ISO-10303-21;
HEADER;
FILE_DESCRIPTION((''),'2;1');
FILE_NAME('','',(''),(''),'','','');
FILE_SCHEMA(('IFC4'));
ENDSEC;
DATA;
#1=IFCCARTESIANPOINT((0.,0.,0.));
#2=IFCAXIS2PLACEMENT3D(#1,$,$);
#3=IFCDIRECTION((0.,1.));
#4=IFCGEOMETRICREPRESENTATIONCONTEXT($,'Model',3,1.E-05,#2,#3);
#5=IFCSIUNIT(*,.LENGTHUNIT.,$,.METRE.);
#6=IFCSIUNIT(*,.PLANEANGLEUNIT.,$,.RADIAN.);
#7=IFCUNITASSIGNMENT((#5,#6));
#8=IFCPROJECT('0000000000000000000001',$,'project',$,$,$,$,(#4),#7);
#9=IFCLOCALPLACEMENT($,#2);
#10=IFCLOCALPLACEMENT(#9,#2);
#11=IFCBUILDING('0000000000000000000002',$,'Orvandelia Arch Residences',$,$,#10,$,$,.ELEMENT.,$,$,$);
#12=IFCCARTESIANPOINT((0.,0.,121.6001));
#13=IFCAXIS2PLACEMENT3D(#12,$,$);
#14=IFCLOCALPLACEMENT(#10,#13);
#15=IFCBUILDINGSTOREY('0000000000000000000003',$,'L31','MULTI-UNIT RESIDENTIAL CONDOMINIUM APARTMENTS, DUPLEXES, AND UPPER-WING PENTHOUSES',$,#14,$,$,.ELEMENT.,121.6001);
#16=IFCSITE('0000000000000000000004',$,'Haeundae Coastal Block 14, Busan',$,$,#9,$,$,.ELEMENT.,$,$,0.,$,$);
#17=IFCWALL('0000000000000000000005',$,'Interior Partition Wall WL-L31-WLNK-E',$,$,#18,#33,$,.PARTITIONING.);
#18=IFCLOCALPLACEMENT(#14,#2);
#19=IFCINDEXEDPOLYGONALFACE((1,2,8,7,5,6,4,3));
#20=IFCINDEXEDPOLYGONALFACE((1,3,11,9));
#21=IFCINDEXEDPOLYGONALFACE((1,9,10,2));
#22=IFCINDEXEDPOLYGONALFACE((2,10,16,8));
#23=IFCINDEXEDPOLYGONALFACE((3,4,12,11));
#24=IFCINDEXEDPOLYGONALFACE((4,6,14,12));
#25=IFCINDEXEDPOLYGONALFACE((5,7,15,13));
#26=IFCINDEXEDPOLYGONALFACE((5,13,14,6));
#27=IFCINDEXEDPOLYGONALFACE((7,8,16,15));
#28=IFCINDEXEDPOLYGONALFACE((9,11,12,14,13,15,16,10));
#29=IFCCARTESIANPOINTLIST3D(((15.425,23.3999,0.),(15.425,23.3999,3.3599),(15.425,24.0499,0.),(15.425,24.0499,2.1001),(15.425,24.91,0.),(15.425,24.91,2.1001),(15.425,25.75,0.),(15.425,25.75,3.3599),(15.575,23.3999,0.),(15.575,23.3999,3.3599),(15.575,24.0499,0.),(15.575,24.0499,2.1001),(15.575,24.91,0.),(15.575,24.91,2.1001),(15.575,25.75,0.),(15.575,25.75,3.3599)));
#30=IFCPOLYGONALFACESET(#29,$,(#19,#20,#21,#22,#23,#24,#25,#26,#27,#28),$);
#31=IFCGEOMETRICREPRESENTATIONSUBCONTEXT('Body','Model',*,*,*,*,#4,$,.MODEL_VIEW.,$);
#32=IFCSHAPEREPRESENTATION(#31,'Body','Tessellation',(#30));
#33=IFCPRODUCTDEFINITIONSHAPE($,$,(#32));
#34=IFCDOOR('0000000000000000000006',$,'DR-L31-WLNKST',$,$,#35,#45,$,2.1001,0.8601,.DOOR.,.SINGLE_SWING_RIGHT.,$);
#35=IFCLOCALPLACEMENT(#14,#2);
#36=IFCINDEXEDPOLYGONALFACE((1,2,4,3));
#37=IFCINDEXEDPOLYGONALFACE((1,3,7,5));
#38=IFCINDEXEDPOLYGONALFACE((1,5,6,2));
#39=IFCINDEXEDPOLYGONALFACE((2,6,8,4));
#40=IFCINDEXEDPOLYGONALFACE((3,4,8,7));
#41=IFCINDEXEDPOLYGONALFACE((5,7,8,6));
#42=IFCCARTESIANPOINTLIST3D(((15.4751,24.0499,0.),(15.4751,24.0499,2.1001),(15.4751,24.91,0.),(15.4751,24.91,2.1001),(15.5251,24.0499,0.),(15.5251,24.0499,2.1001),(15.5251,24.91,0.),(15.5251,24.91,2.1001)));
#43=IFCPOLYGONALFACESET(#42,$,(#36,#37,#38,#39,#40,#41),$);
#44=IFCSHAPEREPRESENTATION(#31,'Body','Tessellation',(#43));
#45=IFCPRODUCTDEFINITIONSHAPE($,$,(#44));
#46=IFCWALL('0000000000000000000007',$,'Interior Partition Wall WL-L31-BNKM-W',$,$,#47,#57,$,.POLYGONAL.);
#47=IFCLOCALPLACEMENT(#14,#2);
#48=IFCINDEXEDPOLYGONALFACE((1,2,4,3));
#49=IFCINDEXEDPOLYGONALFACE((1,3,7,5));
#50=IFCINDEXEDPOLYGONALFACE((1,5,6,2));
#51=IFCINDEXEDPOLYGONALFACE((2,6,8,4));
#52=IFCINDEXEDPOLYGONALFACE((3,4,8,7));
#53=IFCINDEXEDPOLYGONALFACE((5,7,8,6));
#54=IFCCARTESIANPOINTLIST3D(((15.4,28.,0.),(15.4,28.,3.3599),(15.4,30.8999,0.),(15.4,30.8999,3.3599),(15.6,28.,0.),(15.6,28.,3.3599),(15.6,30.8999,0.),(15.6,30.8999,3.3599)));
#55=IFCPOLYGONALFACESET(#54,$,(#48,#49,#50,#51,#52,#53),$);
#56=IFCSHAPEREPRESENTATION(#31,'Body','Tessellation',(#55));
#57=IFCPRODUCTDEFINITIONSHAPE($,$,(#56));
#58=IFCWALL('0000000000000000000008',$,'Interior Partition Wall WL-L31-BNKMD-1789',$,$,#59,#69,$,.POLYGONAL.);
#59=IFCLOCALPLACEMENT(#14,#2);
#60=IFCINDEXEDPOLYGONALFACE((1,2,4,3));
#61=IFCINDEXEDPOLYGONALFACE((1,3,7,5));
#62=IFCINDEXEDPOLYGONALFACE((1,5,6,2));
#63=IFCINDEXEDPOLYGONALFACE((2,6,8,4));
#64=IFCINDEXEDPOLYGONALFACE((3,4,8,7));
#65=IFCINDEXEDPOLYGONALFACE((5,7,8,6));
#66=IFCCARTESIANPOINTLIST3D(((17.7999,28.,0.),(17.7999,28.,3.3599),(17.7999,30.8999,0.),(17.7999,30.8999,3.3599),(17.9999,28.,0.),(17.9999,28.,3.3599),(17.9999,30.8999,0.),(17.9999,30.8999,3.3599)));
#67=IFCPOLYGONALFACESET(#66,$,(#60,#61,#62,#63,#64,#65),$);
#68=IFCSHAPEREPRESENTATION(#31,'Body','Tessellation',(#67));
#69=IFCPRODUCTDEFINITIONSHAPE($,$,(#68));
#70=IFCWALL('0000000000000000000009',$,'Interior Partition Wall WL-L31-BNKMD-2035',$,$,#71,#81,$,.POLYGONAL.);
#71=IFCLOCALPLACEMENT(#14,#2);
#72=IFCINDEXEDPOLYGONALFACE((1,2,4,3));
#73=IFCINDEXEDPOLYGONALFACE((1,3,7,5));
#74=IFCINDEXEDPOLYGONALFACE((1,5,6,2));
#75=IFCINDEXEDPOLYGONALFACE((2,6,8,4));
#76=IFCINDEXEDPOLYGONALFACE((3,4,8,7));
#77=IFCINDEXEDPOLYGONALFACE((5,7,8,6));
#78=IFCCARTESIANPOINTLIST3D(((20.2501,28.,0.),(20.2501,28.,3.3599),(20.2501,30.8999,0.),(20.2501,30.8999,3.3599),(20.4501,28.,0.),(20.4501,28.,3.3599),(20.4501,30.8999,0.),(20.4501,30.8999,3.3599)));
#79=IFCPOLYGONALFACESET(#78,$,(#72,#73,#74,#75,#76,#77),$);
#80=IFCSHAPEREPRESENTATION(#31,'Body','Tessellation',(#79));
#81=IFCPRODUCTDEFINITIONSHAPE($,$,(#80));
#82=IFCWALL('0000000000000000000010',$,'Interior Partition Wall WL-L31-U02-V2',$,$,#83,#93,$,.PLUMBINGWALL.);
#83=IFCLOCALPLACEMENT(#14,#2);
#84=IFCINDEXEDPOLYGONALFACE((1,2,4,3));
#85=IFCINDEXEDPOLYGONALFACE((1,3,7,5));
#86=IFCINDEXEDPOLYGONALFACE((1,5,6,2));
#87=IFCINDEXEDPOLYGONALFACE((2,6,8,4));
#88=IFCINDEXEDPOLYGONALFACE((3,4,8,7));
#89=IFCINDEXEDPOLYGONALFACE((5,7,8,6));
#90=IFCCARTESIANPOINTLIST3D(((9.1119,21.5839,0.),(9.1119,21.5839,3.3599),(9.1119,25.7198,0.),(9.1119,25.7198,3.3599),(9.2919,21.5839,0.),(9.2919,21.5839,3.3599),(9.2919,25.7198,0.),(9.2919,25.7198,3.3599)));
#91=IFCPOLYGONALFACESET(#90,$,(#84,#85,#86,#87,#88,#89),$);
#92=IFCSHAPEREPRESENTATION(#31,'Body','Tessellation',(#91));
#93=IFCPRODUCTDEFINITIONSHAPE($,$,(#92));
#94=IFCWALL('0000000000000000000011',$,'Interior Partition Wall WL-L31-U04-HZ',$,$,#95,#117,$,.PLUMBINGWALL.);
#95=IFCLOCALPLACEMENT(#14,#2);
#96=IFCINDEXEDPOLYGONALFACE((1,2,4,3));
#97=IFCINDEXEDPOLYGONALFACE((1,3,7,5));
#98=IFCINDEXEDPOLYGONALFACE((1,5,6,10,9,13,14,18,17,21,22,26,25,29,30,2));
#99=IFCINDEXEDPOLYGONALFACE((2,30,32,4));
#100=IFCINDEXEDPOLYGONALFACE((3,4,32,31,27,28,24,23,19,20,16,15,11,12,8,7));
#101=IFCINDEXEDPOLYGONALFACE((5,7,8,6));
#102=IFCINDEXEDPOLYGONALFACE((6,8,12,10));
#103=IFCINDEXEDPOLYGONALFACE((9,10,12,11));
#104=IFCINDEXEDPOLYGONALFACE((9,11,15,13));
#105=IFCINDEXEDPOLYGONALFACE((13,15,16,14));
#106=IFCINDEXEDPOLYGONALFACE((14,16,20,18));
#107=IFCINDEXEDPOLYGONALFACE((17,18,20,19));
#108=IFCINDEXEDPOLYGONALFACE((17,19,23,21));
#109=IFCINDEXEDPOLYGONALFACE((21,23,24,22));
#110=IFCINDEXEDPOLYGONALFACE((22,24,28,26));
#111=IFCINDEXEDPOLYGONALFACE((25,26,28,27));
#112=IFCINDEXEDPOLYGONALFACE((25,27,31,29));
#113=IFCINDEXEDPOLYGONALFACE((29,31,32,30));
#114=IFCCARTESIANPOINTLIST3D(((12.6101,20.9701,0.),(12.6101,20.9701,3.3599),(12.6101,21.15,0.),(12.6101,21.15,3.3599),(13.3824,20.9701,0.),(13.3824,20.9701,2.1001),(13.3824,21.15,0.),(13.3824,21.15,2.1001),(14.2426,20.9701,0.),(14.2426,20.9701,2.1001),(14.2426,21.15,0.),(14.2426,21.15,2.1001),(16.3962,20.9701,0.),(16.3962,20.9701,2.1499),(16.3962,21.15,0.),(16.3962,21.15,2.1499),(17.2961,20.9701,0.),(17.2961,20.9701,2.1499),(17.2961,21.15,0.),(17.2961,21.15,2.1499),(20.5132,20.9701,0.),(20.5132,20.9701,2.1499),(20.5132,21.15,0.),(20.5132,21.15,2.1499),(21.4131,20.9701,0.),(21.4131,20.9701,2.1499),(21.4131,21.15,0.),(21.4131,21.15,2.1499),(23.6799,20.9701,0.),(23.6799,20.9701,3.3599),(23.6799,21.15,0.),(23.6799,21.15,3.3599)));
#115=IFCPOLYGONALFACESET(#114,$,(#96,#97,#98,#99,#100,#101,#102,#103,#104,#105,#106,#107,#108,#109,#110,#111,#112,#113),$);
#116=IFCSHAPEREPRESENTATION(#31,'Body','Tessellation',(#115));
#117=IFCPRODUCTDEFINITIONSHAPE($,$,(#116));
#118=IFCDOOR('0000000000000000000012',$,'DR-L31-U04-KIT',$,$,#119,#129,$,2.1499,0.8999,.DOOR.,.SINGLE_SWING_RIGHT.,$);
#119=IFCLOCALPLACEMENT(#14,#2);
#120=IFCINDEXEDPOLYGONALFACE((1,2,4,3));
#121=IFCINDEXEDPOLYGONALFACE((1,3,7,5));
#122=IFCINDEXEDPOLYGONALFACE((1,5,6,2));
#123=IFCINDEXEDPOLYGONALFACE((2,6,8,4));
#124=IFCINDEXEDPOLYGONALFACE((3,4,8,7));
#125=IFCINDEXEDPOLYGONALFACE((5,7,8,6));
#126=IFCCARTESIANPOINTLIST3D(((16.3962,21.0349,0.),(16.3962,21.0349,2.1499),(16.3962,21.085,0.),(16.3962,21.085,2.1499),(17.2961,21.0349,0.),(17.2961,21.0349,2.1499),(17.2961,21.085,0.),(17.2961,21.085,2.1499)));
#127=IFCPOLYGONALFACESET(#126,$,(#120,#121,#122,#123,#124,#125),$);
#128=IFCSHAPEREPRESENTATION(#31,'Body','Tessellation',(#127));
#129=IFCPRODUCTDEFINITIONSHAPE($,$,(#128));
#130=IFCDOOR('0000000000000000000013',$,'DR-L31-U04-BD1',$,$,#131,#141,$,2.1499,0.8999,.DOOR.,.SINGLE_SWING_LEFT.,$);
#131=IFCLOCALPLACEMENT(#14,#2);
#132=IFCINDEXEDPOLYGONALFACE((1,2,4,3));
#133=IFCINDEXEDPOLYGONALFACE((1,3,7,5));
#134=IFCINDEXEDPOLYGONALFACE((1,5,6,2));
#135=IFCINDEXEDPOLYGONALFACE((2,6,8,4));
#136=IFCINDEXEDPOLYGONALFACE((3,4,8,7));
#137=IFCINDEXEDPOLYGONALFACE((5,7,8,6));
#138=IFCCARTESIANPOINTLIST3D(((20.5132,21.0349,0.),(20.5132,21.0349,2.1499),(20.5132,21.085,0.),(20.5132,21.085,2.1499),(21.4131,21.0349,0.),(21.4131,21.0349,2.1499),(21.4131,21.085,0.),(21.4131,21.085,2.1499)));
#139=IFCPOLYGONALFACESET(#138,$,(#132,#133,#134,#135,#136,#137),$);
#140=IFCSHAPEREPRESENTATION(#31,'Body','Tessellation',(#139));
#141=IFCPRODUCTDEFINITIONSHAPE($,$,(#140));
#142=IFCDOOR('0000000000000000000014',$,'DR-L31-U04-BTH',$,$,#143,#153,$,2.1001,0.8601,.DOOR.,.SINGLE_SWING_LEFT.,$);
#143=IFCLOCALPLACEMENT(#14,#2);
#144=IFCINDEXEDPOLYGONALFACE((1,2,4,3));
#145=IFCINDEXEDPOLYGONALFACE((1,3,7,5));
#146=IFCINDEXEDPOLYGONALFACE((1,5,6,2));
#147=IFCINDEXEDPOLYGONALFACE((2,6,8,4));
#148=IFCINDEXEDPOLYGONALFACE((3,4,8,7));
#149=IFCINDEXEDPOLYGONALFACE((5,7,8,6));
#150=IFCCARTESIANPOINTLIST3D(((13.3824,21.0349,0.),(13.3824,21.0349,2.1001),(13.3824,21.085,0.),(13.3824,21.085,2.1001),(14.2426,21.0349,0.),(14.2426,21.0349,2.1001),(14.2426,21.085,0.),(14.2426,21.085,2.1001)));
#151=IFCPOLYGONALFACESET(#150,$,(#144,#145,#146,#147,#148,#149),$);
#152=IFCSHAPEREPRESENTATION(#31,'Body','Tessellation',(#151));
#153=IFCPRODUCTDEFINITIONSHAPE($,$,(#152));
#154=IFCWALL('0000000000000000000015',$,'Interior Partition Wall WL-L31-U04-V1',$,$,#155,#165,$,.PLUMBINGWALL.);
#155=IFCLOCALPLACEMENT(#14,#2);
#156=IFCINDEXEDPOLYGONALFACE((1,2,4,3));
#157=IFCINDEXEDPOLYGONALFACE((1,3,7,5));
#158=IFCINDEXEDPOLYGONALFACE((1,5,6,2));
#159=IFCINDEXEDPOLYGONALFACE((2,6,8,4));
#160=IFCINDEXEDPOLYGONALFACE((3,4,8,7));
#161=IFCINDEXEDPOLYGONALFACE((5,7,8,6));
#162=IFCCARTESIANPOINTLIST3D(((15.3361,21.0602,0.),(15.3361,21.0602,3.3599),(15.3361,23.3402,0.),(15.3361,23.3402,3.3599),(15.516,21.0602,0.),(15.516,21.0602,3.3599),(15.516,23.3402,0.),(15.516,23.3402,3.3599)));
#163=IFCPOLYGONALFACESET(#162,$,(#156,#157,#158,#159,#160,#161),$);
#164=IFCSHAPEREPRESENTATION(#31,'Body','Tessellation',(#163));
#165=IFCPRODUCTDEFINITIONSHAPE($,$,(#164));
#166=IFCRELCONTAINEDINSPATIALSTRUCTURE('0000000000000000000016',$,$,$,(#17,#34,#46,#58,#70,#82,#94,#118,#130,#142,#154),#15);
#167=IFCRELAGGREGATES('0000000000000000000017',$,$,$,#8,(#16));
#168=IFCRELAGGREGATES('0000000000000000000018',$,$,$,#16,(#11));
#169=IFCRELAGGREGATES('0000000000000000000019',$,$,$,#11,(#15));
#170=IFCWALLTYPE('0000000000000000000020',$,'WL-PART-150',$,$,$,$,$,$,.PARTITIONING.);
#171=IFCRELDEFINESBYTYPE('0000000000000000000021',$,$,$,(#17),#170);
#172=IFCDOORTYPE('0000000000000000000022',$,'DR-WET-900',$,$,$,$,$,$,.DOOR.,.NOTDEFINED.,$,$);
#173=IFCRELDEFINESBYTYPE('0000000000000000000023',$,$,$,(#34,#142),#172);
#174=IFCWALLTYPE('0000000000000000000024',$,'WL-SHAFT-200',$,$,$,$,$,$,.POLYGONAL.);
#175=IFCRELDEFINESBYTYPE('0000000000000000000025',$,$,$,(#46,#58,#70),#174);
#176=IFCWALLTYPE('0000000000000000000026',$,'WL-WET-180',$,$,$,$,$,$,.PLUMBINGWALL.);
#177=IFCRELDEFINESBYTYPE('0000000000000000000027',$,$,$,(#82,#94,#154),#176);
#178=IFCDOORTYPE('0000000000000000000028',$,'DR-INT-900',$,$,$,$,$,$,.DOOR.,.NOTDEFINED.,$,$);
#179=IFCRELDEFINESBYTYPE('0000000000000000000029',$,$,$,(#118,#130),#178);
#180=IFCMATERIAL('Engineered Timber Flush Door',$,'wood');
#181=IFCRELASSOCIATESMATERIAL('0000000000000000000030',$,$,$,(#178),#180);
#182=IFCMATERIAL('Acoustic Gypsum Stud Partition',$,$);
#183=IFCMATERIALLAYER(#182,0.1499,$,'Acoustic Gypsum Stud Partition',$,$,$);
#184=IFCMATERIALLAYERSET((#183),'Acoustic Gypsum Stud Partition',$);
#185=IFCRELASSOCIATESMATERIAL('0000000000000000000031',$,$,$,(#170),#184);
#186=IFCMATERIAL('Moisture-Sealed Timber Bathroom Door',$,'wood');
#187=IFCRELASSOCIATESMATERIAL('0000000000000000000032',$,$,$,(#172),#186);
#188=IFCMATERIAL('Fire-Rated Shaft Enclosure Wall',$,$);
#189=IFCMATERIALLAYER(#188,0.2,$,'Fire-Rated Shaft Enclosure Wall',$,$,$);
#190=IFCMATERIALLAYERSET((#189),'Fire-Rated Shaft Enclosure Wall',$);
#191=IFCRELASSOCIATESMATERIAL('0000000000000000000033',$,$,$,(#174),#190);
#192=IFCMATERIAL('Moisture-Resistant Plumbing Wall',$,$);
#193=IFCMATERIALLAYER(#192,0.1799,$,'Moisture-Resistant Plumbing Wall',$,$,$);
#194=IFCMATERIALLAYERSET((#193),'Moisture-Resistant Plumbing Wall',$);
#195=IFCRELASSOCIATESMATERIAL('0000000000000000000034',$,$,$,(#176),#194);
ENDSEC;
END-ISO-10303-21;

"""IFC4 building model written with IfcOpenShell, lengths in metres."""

from ifc_helpers import new_model, si_unit, direction, frame, frame_2d, origin, place, context, subcontext, project, spatial, rectangle, extrude, material, layer, layer_set, type_object, element, fill, save


model = new_model("IFC4")

# Units and contexts
model_context = context("Model", 3, precision=1e-05, world=origin(), true_north=direction((0.0, 1.0)))
body_context = subcontext(model_context, "Body", "Model", "MODEL_VIEW")
ifc_project = project(units=[si_unit("LENGTHUNIT", "METRE"), si_unit("PLANEANGLEUNIT", "RADIAN")], contexts=[model_context])

# Site, building, storey
site_placement = place(None, origin())
site = spatial("IfcSite", under=ifc_project, at=site_placement, Name="Haeundae Coastal Block 14, Busan", CompositionType="ELEMENT", RefElevation=0.0)
building_placement = place(site_placement, origin())
building = spatial("IfcBuilding", under=site, at=building_placement, Name="Orvandelia Arch Residences", CompositionType="ELEMENT")
storey_placement = place(building_placement, frame((0.0, 0.0, 121.6001)))
storey = spatial("IfcBuildingStorey", under=building, at=storey_placement, Name="L31", Description="MULTI-UNIT RESIDENTIAL CONDOMINIUM APARTMENTS, DUPLEXES, AND UPPER-WING PENTHOUSES", CompositionType="ELEMENT", Elevation=121.6001)

# Shared definitions
ifc_material_1 = material(Name="Engineered Timber Flush Door", Category="wood")
door_type_1 = type_object("IfcDoorType", Name="DR-INT-900", OperationType="NOTDEFINED", PredefinedType="DOOR", material=ifc_material_1)

# Shared definitions
ifc_material_2 = material(Name="Acoustic Gypsum Stud Partition")
ifc_layer_1 = layer(ifc_material_2, 0.1499, Name="Acoustic Gypsum Stud Partition")
ifc_layer_set_1 = layer_set([ifc_layer_1], Name="Acoustic Gypsum Stud Partition")
wall_type_1 = type_object("IfcWallType", Name="WL-PART-150", PredefinedType="PARTITIONING", material=ifc_layer_set_1)

# Wall, opening, door
wall_1_placement = place(storey_placement, frame((15.5, 23.3999, 0.0), z_axis=(0.0, 0.0, 1.0), x_axis=(0.0, 1.0, 0.0)))
wall_1 = element("IfcWall", 1, at=wall_1_placement, inside=storey, type_object=wall_type_1, Name="Interior Partition Wall WL-L31-WLNK-E", PredefinedType="PARTITIONING", context=body_context, shape_type="SweptSolid", body=[
    extrude(rectangle(XDim=2.3501, YDim=0.1499, at=frame_2d((1.175, 0.0))), origin(), (0.0, 0.0, 1.0), 3.3599),
])
opening_1_placement = place(wall_1_placement, frame((0.6499, 0.0, 0.0)))
opening_1 = element("IfcOpeningElement", 2, at=opening_1_placement, cuts=wall_1, PredefinedType="OPENING", context=body_context, shape_type="SweptSolid", body=[
    extrude(rectangle(XDim=0.8601, YDim=2.1001, at=frame_2d((0.4302, 1.05))), frame((0.0, 0.085, 0.0), z_axis=(0.0, -1.0, 0.0), x_axis=(1.0, 0.0, 0.0)), (0.0, 0.0, 1.0), 0.1699),
])
ifc_material_3 = material(Name="Moisture-Sealed Timber Bathroom Door", Category="wood")
door_type_2 = type_object("IfcDoorType", Name="DR-WET-900", OperationType="NOTDEFINED", PredefinedType="DOOR", material=ifc_material_3)
door_1_placement = place(opening_1_placement, origin())
door_1 = element("IfcDoor", 3, at=door_1_placement, inside=storey, type_object=door_type_2, Name="DR-L31-WLNKST", OperationType="SINGLE_SWING_RIGHT", OverallHeight=2.1001, OverallWidth=0.8601, PredefinedType="DOOR", context=body_context, shape_type="SweptSolid", body=[
    extrude(rectangle(XDim=0.8601, YDim=2.1001, at=frame_2d((0.4302, 1.05))), frame((0.0, 0.0249, 0.0), z_axis=(0.0, -1.0, 0.0), x_axis=(1.0, 0.0, 0.0)), (0.0, 0.0, 1.0), 0.05),
])
fill(opening_1, door_1)
ifc_material_4 = material(Name="Fire-Rated Shaft Enclosure Wall")
ifc_layer_2 = layer(ifc_material_4, 0.2, Name="Fire-Rated Shaft Enclosure Wall")
ifc_layer_set_2 = layer_set([ifc_layer_2], Name="Fire-Rated Shaft Enclosure Wall")
wall_type_2 = type_object("IfcWallType", Name="WL-SHAFT-200", PredefinedType="POLYGONAL", material=ifc_layer_set_2)

# Walls
for number, where, z_axis, x_axis, name in (
    (4, (15.5, 28.0, 0.0), (0.0, 0.0, 1.0), (0.0, 1.0, 0.0), "Interior Partition Wall WL-L31-BNKM-W"),
    (5, (17.8999, 28.0, 0.0), (0.0, 0.0, 1.0), (0.0, 1.0, 0.0), "Interior Partition Wall WL-L31-BNKMD-1789"),
    (6, (20.3501, 28.0, 0.0), (0.0, 0.0, 1.0), (0.0, 1.0, 0.0), "Interior Partition Wall WL-L31-BNKMD-2035"),
):
    element("IfcWall", number, at=place(storey_placement, frame(where, z_axis=z_axis, x_axis=x_axis)), inside=storey, type_object=wall_type_2, Name=name, PredefinedType="POLYGONAL", context=body_context, shape_type="SweptSolid", body=[
        extrude(rectangle(XDim=2.8999, YDim=0.2, at=frame_2d((1.45, 0.0))), origin(), (0.0, 0.0, 1.0), 3.3599),
    ])
ifc_material_5 = material(Name="Moisture-Resistant Plumbing Wall")
ifc_layer_3 = layer(ifc_material_5, 0.1799, Name="Moisture-Resistant Plumbing Wall")
ifc_layer_set_3 = layer_set([ifc_layer_3], Name="Moisture-Resistant Plumbing Wall")
wall_type_3 = type_object("IfcWallType", Name="WL-WET-180", PredefinedType="PLUMBINGWALL", material=ifc_layer_set_3)
wall_2_placement = place(storey_placement, frame((9.2019, 21.584, 0.0), z_axis=(0.0, 0.0, 1.0), x_axis=(0.0, 1.0, 0.0)))
element("IfcWall", 7, at=wall_2_placement, inside=storey, type_object=wall_type_3, Name="Interior Partition Wall WL-L31-U02-V2", PredefinedType="PLUMBINGWALL", context=body_context, shape_type="SweptSolid", body=[
    extrude(rectangle(XDim=4.136, YDim=0.1799, at=frame_2d((2.0679, 0.0))), origin(), (0.0, 0.0, 1.0), 3.3599),
])

# Wall, openings, doors
wall_3_placement = place(storey_placement, frame((12.6101, 21.0601, 0.0), z_axis=(0.0, 0.0, 1.0), x_axis=(1.0, 0.0, 0.0)))
wall_3 = element("IfcWall", 8, at=wall_3_placement, inside=storey, type_object=wall_type_3, Name="Interior Partition Wall WL-L31-U04-HZ", PredefinedType="PLUMBINGWALL", context=body_context, shape_type="SweptSolid", body=[
    extrude(rectangle(XDim=11.0698, YDim=0.1799, at=frame_2d((5.5349, 0.0))), origin(), (0.0, 0.0, 1.0), 3.3599),
])
opening_2_placement = place(wall_3_placement, frame((0.7722, 0.0, 0.0)))
opening_2 = element("IfcOpeningElement", 9, at=opening_2_placement, cuts=wall_3, PredefinedType="OPENING", context=body_context, shape_type="SweptSolid", body=[
    extrude(rectangle(XDim=0.8601, YDim=2.1001, at=frame_2d((0.4302, 1.05))), frame((0.0, 0.1001, 0.0), z_axis=(0.0, -1.0, 0.0), x_axis=(1.0, 0.0, 0.0)), (0.0, 0.0, 1.0), 0.2),
])
opening_3_placement = place(wall_3_placement, frame((3.7861, 0.0, 0.0)))
opening_3 = element("IfcOpeningElement", 10, at=opening_3_placement, cuts=wall_3, PredefinedType="OPENING", context=body_context, shape_type="SweptSolid", body=[
    extrude(rectangle(XDim=0.8999, YDim=2.1499, at=frame_2d((0.45, 1.075))), frame((0.0, 0.1001, 0.0), z_axis=(0.0, -1.0, 0.0), x_axis=(1.0, 0.0, 0.0)), (0.0, 0.0, 1.0), 0.2),
])
opening_4_placement = place(wall_3_placement, frame((7.9031, 0.0, 0.0)))
opening_4 = element("IfcOpeningElement", 11, at=opening_4_placement, cuts=wall_3, PredefinedType="OPENING", context=body_context, shape_type="SweptSolid", body=[
    extrude(rectangle(XDim=0.8999, YDim=2.1499, at=frame_2d((0.45, 1.075))), frame((0.0, 0.1001, 0.0), z_axis=(0.0, -1.0, 0.0), x_axis=(1.0, 0.0, 0.0)), (0.0, 0.0, 1.0), 0.2),
])
door_2_placement = place(opening_3_placement, origin())
door_2 = element("IfcDoor", 12, at=door_2_placement, inside=storey, type_object=door_type_1, Name="DR-L31-U04-KIT", OperationType="SINGLE_SWING_RIGHT", OverallHeight=2.1499, OverallWidth=0.8999, PredefinedType="DOOR", context=body_context, shape_type="SweptSolid", body=[
    extrude(rectangle(XDim=0.8999, YDim=2.1499, at=frame_2d((0.45, 1.075))), frame((0.0, 0.0249, 0.0), z_axis=(0.0, -1.0, 0.0), x_axis=(1.0, 0.0, 0.0)), (0.0, 0.0, 1.0), 0.05),
])
fill(opening_3, door_2)
door_3_placement = place(opening_4_placement, origin())
door_3 = element("IfcDoor", 13, at=door_3_placement, inside=storey, type_object=door_type_1, Name="DR-L31-U04-BD1", OperationType="SINGLE_SWING_LEFT", OverallHeight=2.1499, OverallWidth=0.8999, PredefinedType="DOOR", context=body_context, shape_type="SweptSolid", body=[
    extrude(rectangle(XDim=0.8999, YDim=2.1499, at=frame_2d((0.45, 1.075))), frame((0.0, 0.0249, 0.0), z_axis=(0.0, -1.0, 0.0), x_axis=(1.0, 0.0, 0.0)), (0.0, 0.0, 1.0), 0.05),
])
fill(opening_4, door_3)
door_4_placement = place(opening_2_placement, origin())
door_4 = element("IfcDoor", 14, at=door_4_placement, inside=storey, type_object=door_type_2, Name="DR-L31-U04-BTH", OperationType="SINGLE_SWING_LEFT", OverallHeight=2.1001, OverallWidth=0.8601, PredefinedType="DOOR", context=body_context, shape_type="SweptSolid", body=[
    extrude(rectangle(XDim=0.8601, YDim=2.1001, at=frame_2d((0.4302, 1.05))), frame((0.0, 0.0249, 0.0), z_axis=(0.0, -1.0, 0.0), x_axis=(1.0, 0.0, 0.0)), (0.0, 0.0, 1.0), 0.05),
])
fill(opening_2, door_4)

# Wall
wall_4_placement = place(storey_placement, frame((15.426, 21.0601, 0.0), z_axis=(0.0, 0.0, 1.0), x_axis=(0.0, 1.0, 0.0)))
element("IfcWall", 15, at=wall_4_placement, inside=storey, type_object=wall_type_3, Name="Interior Partition Wall WL-L31-U04-V1", PredefinedType="PLUMBINGWALL", context=body_context, shape_type="SweptSolid", body=[
    extrude(rectangle(XDim=2.28, YDim=0.1799, at=frame_2d((1.1401, 0.0))), origin(), (0.0, 0.0, 1.0), 3.3599),
])

save(model, "model.ifc")
